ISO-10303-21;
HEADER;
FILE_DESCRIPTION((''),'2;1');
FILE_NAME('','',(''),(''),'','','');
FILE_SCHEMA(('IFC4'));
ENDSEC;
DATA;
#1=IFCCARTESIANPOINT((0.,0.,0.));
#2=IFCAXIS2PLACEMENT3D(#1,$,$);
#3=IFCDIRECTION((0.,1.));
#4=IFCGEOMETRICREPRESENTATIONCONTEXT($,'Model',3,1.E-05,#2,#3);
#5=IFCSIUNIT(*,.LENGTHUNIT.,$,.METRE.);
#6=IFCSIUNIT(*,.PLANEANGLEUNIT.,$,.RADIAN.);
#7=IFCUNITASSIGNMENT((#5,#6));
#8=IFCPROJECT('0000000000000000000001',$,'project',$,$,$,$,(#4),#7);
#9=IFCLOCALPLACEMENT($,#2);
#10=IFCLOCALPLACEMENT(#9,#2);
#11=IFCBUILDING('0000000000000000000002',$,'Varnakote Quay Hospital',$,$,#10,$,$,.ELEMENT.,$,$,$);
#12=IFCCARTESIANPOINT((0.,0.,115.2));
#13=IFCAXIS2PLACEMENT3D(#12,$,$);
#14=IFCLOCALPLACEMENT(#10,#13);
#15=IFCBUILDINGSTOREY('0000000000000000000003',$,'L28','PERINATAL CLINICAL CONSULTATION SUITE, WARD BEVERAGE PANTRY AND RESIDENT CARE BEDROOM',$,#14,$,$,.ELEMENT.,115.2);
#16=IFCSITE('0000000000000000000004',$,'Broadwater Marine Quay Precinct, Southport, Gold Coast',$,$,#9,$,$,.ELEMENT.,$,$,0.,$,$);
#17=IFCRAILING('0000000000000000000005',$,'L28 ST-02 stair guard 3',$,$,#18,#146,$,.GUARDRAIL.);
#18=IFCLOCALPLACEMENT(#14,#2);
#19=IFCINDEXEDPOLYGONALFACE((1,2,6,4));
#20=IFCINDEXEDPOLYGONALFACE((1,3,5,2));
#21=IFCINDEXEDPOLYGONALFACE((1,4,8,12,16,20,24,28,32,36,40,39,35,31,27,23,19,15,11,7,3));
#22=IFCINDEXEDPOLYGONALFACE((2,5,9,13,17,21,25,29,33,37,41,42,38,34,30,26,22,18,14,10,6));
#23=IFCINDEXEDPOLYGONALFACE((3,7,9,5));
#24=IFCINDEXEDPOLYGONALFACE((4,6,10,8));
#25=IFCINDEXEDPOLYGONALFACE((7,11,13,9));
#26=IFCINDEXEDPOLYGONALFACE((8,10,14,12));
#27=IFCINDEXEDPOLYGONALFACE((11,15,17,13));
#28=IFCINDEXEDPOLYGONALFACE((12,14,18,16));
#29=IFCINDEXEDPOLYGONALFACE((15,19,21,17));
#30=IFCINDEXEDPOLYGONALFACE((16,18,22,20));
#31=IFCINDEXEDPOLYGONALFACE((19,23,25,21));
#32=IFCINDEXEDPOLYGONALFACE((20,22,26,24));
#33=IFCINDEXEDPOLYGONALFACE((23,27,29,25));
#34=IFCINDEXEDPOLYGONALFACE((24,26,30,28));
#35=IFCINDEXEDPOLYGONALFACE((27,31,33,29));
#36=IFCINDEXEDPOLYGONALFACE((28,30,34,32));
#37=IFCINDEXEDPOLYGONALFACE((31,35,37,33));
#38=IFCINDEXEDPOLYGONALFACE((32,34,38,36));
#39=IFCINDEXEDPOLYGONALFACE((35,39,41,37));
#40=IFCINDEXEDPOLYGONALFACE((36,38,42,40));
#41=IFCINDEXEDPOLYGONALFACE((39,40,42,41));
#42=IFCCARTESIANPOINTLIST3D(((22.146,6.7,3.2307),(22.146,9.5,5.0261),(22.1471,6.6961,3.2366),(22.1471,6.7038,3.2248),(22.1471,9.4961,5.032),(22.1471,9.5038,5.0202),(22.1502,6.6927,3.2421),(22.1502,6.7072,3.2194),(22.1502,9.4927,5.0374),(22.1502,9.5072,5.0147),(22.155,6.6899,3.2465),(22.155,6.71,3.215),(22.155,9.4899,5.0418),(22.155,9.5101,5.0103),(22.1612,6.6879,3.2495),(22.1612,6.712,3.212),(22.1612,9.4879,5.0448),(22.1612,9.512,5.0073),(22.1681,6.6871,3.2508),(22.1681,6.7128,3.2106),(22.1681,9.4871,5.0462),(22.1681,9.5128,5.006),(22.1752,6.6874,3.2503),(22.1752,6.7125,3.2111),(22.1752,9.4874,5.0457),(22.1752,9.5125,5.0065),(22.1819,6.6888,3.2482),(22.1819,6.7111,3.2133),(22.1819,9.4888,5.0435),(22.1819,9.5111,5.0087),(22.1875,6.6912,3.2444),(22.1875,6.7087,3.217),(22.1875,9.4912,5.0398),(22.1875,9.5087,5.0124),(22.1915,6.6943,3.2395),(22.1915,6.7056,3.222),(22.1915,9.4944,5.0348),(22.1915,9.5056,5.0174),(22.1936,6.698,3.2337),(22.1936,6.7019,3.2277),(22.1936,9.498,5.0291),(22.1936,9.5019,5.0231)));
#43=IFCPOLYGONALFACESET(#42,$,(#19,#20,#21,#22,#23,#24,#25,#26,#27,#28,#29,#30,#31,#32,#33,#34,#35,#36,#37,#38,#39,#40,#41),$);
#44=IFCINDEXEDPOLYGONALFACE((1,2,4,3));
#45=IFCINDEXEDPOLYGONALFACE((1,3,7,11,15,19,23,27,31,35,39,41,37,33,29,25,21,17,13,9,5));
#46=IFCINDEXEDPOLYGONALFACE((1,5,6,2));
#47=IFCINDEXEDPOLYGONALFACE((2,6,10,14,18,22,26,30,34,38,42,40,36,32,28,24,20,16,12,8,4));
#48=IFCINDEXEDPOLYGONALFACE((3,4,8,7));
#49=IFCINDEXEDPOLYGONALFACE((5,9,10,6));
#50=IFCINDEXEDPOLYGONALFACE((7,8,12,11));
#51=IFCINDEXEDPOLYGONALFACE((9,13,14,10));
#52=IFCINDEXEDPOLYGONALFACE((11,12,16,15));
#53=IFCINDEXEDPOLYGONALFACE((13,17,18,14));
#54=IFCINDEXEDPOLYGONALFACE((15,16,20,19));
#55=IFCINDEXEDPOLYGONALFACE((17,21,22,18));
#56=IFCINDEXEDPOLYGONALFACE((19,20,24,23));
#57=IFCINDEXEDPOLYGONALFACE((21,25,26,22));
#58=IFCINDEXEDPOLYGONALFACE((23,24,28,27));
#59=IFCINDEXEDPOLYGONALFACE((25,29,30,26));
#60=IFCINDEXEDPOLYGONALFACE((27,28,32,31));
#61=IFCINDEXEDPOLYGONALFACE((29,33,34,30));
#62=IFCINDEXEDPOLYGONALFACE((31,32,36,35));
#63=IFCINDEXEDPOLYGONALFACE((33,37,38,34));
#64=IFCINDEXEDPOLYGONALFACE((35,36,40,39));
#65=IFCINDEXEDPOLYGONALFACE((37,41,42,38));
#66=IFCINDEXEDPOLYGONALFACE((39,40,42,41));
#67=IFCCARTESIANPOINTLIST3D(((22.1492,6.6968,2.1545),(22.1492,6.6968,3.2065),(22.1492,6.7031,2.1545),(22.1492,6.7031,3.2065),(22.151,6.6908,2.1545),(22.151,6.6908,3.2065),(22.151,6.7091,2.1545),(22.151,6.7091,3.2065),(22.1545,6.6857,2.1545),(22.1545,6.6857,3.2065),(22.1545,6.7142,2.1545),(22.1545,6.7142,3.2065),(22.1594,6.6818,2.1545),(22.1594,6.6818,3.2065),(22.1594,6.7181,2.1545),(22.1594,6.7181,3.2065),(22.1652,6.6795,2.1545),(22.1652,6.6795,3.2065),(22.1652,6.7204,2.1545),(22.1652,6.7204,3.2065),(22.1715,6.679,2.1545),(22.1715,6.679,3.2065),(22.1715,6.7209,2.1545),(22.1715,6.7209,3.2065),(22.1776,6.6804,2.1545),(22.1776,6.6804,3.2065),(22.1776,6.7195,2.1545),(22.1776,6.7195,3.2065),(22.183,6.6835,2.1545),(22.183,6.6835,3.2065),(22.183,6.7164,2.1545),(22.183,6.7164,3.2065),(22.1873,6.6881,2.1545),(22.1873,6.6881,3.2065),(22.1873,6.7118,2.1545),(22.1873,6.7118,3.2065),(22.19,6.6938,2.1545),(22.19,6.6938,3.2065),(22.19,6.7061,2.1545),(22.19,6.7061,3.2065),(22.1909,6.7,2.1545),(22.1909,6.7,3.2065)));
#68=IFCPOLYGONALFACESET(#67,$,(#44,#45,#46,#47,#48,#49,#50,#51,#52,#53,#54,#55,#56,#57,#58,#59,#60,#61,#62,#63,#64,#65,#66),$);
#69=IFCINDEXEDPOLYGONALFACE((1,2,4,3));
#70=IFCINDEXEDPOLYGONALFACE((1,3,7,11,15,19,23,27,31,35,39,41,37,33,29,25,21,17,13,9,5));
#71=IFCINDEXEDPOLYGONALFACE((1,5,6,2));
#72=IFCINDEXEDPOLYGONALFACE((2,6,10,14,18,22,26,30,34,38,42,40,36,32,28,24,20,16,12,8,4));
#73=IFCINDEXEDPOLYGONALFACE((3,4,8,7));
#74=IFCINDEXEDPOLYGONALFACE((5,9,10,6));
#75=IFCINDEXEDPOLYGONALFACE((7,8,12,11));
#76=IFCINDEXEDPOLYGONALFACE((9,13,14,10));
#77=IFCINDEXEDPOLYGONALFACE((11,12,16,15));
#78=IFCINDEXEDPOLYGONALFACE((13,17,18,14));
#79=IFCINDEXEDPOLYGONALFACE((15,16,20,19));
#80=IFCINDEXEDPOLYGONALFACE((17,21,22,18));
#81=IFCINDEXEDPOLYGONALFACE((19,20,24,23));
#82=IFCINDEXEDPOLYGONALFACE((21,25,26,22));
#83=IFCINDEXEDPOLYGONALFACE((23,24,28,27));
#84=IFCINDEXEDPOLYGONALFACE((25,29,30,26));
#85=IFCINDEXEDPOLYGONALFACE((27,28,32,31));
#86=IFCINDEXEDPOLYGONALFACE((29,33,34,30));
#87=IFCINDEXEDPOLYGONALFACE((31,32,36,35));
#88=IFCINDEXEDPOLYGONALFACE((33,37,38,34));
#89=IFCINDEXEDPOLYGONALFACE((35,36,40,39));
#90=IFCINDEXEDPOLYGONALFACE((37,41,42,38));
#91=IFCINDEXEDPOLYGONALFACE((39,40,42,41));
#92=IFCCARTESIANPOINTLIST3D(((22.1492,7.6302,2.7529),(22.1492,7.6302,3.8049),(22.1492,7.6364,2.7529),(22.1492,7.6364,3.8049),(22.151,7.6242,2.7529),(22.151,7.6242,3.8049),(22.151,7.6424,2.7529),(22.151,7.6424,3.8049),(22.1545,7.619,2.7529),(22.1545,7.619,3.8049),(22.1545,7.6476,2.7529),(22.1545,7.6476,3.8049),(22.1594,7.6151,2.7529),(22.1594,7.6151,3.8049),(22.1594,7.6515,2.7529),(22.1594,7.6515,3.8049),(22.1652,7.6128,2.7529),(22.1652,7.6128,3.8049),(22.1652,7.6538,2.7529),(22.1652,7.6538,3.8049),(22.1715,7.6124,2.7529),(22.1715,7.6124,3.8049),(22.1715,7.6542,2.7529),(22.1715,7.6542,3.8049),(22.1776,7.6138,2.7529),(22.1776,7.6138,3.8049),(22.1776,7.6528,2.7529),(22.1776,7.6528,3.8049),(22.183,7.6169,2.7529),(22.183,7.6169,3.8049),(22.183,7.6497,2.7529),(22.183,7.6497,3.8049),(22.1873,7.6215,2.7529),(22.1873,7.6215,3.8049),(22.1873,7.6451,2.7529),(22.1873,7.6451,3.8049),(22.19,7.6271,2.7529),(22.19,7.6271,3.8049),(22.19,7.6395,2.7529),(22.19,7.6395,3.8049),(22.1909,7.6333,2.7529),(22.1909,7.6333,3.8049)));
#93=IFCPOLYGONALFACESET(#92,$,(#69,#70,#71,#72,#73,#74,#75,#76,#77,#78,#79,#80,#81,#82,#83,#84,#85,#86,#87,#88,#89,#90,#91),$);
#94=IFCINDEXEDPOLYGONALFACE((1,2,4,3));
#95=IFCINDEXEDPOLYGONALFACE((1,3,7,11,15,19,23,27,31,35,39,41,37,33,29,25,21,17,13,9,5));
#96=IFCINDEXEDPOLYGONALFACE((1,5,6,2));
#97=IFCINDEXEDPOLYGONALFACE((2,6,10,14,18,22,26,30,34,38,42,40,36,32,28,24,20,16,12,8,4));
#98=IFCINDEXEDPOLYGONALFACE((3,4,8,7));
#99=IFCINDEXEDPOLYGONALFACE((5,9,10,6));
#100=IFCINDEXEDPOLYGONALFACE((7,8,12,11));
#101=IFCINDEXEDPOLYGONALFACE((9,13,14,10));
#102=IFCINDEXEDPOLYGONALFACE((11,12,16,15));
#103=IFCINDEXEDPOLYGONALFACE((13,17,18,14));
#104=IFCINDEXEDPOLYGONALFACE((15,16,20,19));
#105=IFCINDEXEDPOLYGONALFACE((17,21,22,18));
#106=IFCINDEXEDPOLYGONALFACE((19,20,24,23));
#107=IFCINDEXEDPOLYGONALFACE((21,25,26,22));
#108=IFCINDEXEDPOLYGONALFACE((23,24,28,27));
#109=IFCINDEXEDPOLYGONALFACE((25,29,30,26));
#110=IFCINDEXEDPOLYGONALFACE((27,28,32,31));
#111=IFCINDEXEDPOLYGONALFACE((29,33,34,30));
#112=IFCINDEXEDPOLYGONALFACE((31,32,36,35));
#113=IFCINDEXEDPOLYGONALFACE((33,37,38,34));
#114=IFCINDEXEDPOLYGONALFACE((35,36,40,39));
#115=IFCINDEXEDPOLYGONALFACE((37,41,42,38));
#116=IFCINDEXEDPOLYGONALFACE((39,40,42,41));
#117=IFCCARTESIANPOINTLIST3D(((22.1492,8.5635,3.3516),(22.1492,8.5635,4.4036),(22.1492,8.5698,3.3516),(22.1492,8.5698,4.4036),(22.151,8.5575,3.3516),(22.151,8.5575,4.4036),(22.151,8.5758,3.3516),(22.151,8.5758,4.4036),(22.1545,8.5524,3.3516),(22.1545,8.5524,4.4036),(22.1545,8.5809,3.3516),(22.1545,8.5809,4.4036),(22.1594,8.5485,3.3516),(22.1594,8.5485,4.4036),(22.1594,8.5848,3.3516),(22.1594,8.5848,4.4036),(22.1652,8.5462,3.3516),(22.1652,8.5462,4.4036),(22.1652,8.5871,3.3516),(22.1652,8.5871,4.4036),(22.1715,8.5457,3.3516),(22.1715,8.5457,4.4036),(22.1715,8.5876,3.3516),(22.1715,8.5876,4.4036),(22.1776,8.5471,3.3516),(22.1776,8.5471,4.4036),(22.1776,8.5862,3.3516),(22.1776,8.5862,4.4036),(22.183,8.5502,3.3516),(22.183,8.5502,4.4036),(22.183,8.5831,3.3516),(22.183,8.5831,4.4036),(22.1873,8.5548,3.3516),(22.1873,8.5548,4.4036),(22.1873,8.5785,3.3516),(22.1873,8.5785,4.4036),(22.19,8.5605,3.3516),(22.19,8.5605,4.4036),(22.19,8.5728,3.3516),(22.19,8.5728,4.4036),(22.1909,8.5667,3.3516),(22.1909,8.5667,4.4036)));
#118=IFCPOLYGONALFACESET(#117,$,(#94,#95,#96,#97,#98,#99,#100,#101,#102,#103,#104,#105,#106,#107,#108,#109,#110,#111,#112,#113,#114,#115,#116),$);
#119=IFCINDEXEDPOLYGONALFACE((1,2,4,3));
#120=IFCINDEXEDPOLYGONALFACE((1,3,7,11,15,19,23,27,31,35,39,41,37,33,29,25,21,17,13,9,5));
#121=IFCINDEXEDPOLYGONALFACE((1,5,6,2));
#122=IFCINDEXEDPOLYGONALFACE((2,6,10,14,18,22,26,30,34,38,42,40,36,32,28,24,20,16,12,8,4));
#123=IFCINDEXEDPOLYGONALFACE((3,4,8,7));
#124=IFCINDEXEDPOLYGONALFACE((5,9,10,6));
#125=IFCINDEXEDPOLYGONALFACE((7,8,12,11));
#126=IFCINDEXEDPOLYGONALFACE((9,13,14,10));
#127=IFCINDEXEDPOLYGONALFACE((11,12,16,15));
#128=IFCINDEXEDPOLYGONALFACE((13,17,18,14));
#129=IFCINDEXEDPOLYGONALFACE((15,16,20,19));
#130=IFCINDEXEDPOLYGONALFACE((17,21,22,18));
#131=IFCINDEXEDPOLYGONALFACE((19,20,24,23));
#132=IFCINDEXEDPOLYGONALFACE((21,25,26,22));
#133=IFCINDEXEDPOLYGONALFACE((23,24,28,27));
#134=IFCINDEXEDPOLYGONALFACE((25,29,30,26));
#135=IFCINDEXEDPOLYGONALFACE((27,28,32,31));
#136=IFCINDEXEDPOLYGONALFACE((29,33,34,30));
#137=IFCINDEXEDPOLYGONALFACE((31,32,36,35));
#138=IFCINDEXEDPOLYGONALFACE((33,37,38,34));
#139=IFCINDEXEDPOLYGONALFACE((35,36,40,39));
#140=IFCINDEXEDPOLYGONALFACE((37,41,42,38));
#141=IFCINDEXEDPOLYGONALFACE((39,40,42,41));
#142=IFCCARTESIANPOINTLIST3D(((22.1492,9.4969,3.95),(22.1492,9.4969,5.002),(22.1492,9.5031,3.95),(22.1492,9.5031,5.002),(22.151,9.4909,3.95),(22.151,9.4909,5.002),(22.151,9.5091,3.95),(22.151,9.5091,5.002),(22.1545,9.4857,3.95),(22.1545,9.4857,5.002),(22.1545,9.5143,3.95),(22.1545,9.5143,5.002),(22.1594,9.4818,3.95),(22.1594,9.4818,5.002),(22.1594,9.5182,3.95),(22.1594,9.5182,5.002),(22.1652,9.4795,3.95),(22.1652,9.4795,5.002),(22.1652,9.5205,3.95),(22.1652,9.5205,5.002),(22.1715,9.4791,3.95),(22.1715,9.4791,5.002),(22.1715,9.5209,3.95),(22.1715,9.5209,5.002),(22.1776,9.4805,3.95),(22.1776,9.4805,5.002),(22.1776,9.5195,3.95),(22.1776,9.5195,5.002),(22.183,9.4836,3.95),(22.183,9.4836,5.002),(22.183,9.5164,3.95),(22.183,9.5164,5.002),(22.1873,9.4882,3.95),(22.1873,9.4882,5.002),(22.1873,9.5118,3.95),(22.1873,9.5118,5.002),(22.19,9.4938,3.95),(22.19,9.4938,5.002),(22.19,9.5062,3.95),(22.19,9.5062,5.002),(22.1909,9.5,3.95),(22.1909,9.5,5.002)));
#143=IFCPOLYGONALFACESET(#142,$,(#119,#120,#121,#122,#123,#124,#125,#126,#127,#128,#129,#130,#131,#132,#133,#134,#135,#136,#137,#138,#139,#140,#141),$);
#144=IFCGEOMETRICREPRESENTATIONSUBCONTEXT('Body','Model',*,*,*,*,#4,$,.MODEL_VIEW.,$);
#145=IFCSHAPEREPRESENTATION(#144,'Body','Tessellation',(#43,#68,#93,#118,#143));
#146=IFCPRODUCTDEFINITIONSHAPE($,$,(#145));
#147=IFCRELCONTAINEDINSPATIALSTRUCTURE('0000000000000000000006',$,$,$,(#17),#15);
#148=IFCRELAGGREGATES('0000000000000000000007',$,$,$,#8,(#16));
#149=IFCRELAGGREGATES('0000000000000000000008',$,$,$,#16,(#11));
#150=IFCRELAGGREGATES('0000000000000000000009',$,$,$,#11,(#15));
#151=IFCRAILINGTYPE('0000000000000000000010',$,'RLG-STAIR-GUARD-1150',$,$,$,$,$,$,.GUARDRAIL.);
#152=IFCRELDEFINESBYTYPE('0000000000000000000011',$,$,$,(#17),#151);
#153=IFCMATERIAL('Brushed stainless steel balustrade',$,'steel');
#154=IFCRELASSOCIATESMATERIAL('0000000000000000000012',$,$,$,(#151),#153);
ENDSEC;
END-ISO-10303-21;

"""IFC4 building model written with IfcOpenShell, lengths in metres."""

from ifc_helpers import new_model, si_unit, direction, frame, origin, origin_2d, place, context, subcontext, project, spatial, circle, extrude, material, type_object, element, save


model = new_model("IFC4")

# Units and contexts
model_context = context("Model", 3, precision=1e-05, world=origin(), true_north=direction((0.0, 1.0)))
body_context = subcontext(model_context, "Body", "Model", "MODEL_VIEW")
ifc_project = project(units=[si_unit("LENGTHUNIT", "METRE"), si_unit("PLANEANGLEUNIT", "RADIAN")], contexts=[model_context])

# Site, building, storey
site_placement = place(None, origin())
site = spatial("IfcSite", under=ifc_project, at=site_placement, Name="Broadwater Marine Quay Precinct, Southport, Gold Coast", CompositionType="ELEMENT", RefElevation=0.0)
building_placement = place(site_placement, origin())
building = spatial("IfcBuilding", under=site, at=building_placement, Name="Varnakote Quay Hospital", CompositionType="ELEMENT")
storey_placement = place(building_placement, frame((0.0, 0.0, 115.2)))
storey = spatial("IfcBuildingStorey", under=building, at=storey_placement, Name="L28", Description="PERINATAL CLINICAL CONSULTATION SUITE, WARD BEVERAGE PANTRY AND RESIDENT CARE BEDROOM", CompositionType="ELEMENT", Elevation=115.2)

# Railing
ifc_material_1 = material(Name="Brushed stainless steel balustrade", Category="steel")
railing_type_1 = type_object("IfcRailingType", Name="RLG-STAIR-GUARD-1150", PredefinedType="GUARDRAIL", material=ifc_material_1)
railing_1_placement = place(storey_placement, frame((22.1699, 6.7, 2.1545)))
element("IfcRailing", 1, at=railing_1_placement, inside=storey, type_object=railing_type_1, Name="L28 ST-02 stair guard 3", PredefinedType="GUARDRAIL", context=body_context, shape_type="SweptSolid", body=[
    extrude(circle(Radius=0.0239, at=origin_2d()), frame((0.0, 0.0, 1.0762), z_axis=(0.0, 0.84181, 0.539774), x_axis=(-1.0, 0.0, 0.0)), (0.0, 0.0, 1.0), 3.3262),
    extrude(circle(Radius=0.021, at=origin_2d()), origin(), (0.0, 0.0, 1.0), 1.052),
    extrude(circle(Radius=0.021, at=origin_2d()), frame((0.0, 0.9333, 0.5984)), (0.0, 0.0, 1.0), 1.052),
    extrude(circle(Radius=0.021, at=origin_2d()), frame((0.0, 1.8667, 1.197)), (0.0, 0.0, 1.0), 1.052),
    extrude(circle(Radius=0.021, at=origin_2d()), frame((0.0, 2.8, 1.7954)), (0.0, 0.0, 1.0), 1.052),
])

save(model, "model.ifc")
